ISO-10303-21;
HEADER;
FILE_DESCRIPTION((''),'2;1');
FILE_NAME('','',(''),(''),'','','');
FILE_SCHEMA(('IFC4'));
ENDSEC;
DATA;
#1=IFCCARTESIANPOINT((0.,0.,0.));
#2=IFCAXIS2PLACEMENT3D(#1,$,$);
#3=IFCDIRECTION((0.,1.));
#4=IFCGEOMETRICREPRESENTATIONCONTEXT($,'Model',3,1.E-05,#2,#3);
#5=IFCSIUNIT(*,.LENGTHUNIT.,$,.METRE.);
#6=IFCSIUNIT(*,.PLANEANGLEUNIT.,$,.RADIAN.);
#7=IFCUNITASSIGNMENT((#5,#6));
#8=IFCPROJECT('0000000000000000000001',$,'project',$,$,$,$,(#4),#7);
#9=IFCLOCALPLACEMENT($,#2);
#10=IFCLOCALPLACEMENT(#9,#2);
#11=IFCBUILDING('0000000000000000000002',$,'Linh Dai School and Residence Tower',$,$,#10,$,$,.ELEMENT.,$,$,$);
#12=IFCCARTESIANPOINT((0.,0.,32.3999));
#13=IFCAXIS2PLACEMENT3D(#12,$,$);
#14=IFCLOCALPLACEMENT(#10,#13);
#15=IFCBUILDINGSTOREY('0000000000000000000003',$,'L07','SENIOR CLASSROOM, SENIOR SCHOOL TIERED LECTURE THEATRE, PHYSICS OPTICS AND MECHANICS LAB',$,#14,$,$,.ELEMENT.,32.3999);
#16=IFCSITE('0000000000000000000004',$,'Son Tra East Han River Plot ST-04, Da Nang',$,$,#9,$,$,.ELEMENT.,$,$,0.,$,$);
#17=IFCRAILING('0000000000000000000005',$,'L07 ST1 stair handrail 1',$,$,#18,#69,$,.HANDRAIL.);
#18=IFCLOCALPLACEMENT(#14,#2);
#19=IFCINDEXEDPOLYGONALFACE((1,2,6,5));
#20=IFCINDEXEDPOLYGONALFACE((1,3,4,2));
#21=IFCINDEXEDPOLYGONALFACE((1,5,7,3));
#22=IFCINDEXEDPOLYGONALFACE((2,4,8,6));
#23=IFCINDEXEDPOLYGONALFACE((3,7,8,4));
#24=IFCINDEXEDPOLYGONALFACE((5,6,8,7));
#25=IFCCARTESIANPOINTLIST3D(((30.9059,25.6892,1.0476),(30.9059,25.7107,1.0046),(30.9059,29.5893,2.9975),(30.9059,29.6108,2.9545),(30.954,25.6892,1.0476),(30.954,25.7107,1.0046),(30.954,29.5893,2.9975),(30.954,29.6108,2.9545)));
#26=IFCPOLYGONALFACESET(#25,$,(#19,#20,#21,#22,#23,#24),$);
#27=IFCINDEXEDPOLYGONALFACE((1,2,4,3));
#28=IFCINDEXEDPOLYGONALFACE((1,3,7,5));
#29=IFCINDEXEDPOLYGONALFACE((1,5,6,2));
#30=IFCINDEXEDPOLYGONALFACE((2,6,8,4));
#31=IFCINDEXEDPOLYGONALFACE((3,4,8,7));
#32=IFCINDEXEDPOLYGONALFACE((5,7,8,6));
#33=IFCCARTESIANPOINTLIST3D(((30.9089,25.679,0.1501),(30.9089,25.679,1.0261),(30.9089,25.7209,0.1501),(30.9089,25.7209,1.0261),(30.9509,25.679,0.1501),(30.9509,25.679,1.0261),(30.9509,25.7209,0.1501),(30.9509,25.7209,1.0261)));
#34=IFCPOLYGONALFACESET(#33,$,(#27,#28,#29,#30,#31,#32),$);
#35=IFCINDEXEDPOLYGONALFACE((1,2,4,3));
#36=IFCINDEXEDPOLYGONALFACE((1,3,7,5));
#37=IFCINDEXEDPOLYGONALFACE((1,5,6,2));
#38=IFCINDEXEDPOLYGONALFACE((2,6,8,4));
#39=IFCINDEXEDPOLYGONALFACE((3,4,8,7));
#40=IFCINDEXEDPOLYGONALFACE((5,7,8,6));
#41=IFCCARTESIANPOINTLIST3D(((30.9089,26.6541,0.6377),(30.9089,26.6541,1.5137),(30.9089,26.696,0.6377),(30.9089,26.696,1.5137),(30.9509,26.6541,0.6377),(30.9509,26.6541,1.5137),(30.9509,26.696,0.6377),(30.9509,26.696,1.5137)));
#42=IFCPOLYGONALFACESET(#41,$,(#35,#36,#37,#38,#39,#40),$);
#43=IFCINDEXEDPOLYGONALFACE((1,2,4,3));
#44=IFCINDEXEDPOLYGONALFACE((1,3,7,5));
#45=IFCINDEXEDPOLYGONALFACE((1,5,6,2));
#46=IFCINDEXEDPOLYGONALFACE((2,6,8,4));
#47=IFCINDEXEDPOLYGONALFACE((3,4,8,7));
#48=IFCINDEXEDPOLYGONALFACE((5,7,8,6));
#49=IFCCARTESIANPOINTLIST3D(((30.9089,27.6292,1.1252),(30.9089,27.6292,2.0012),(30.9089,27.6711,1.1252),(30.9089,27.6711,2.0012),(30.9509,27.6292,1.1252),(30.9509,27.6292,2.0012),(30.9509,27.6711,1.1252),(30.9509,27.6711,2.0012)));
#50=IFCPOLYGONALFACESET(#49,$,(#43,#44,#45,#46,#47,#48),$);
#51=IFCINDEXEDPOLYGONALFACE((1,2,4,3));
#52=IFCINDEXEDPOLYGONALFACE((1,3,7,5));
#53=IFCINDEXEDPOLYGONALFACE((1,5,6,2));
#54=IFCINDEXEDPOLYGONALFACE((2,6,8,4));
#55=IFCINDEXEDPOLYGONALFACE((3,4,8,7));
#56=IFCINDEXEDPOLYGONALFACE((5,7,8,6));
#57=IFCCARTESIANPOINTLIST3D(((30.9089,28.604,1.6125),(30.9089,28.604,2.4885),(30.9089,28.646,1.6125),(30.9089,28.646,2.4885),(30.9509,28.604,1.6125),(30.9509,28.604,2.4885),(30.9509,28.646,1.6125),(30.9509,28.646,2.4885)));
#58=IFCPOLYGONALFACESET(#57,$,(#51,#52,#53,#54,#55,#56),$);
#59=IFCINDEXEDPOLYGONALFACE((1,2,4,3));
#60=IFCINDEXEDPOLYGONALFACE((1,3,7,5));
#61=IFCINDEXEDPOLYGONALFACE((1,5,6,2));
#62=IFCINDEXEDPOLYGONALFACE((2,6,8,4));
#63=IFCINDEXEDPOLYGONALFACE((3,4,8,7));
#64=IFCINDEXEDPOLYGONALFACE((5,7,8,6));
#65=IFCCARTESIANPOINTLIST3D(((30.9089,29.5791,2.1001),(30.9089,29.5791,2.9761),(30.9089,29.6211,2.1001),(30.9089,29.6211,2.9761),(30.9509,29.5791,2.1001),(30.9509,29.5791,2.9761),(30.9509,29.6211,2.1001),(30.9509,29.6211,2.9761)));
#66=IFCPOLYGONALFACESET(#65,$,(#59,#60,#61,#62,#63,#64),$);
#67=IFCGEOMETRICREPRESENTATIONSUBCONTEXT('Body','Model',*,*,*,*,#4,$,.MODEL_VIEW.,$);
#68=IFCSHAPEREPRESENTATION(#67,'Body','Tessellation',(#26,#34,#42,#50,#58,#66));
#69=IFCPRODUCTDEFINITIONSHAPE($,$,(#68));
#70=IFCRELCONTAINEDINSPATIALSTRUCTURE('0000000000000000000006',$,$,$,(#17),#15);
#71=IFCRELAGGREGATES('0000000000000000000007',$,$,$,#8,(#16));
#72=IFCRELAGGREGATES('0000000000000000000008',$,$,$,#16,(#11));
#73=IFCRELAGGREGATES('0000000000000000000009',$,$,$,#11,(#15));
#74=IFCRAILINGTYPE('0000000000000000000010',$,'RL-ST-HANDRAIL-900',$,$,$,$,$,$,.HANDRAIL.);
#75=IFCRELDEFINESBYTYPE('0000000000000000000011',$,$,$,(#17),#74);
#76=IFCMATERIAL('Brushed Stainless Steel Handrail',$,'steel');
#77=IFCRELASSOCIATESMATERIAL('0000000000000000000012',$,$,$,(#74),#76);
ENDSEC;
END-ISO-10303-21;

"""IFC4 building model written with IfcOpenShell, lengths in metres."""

from ifc_helpers import new_model, si_unit, direction, frame, origin, origin_2d, place, context, subcontext, project, spatial, rectangle, extrude, source, transform, mapped, material, type_object, element, save


model = new_model("IFC4")

# Units and contexts
model_context = context("Model", 3, precision=1e-05, world=origin(), true_north=direction((0.0, 1.0)))
body_context = subcontext(model_context, "Body", "Model", "MODEL_VIEW")
ifc_project = project(units=[si_unit("LENGTHUNIT", "METRE"), si_unit("PLANEANGLEUNIT", "RADIAN")], contexts=[model_context])

# Site, building, storey
site_placement = place(None, origin())
site = spatial("IfcSite", under=ifc_project, at=site_placement, Name="Son Tra East Han River Plot ST-04, Da Nang", CompositionType="ELEMENT", RefElevation=0.0)
building_placement = place(site_placement, origin())
building = spatial("IfcBuilding", under=site, at=building_placement, Name="Linh Dai School and Residence Tower", CompositionType="ELEMENT")
storey_placement = place(building_placement, frame((0.0, 0.0, 32.3999)))
storey = spatial("IfcBuildingStorey", under=building, at=storey_placement, Name="L07", Description="SENIOR CLASSROOM, SENIOR SCHOOL TIERED LECTURE THEATRE, PHYSICS OPTICS AND MECHANICS LAB", CompositionType="ELEMENT", Elevation=32.3999)

# Railing
ifc_material_1 = material(Name="Brushed Stainless Steel Handrail", Category="steel")
railing_type_1 = type_object("IfcRailingType", Name="RL-ST-HANDRAIL-900", PredefinedType="HANDRAIL", material=ifc_material_1)
shared_shape_1 = source(origin(), body_context, "Body", "SweptSolid", [
    extrude(rectangle(XDim=0.0481, YDim=0.0481, at=origin_2d()), frame((0.0, 0.0, 0.876), z_axis=(0.0, 0.894438, 0.447191), x_axis=(-1.0, 0.0, 0.0)), (0.0, 0.0, 1.0), 4.3604),
    extrude(rectangle(XDim=0.042, YDim=0.042, at=origin_2d()), origin(), (0.0, 0.0, 1.0), 0.876),
    extrude(rectangle(XDim=0.042, YDim=0.042, at=origin_2d()), frame((0.0, 0.9751, 0.4875)), (0.0, 0.0, 1.0), 0.876),
    extrude(rectangle(XDim=0.042, YDim=0.042, at=origin_2d()), frame((0.0, 1.9502, 0.9751)), (0.0, 0.0, 1.0), 0.876),
    extrude(rectangle(XDim=0.042, YDim=0.042, at=origin_2d()), frame((0.0, 2.925, 1.4624)), (0.0, 0.0, 1.0), 0.876),
    extrude(rectangle(XDim=0.042, YDim=0.042, at=origin_2d()), frame((0.0, 3.9001, 1.95)), (0.0, 0.0, 1.0), 0.876),
])
railing_1_placement = place(storey_placement, frame((30.9299, 25.7, 0.1501)))
element("IfcRailing", 1, at=railing_1_placement, inside=storey, type_object=railing_type_1, Name="L07 ST1 stair handrail 1", PredefinedType="HANDRAIL", context=body_context, shape_type="MappedRepresentation", body=[
    mapped(shared_shape_1, transform((0.0, 0.0, 0.0), x_axis=(1.0, 0.0, 0.0), y_axis=(0.0, 1.0, 0.0), z_axis=(0.0, 0.0, 1.0), scale=1.0)),
])

save(model, "model.ifc")
